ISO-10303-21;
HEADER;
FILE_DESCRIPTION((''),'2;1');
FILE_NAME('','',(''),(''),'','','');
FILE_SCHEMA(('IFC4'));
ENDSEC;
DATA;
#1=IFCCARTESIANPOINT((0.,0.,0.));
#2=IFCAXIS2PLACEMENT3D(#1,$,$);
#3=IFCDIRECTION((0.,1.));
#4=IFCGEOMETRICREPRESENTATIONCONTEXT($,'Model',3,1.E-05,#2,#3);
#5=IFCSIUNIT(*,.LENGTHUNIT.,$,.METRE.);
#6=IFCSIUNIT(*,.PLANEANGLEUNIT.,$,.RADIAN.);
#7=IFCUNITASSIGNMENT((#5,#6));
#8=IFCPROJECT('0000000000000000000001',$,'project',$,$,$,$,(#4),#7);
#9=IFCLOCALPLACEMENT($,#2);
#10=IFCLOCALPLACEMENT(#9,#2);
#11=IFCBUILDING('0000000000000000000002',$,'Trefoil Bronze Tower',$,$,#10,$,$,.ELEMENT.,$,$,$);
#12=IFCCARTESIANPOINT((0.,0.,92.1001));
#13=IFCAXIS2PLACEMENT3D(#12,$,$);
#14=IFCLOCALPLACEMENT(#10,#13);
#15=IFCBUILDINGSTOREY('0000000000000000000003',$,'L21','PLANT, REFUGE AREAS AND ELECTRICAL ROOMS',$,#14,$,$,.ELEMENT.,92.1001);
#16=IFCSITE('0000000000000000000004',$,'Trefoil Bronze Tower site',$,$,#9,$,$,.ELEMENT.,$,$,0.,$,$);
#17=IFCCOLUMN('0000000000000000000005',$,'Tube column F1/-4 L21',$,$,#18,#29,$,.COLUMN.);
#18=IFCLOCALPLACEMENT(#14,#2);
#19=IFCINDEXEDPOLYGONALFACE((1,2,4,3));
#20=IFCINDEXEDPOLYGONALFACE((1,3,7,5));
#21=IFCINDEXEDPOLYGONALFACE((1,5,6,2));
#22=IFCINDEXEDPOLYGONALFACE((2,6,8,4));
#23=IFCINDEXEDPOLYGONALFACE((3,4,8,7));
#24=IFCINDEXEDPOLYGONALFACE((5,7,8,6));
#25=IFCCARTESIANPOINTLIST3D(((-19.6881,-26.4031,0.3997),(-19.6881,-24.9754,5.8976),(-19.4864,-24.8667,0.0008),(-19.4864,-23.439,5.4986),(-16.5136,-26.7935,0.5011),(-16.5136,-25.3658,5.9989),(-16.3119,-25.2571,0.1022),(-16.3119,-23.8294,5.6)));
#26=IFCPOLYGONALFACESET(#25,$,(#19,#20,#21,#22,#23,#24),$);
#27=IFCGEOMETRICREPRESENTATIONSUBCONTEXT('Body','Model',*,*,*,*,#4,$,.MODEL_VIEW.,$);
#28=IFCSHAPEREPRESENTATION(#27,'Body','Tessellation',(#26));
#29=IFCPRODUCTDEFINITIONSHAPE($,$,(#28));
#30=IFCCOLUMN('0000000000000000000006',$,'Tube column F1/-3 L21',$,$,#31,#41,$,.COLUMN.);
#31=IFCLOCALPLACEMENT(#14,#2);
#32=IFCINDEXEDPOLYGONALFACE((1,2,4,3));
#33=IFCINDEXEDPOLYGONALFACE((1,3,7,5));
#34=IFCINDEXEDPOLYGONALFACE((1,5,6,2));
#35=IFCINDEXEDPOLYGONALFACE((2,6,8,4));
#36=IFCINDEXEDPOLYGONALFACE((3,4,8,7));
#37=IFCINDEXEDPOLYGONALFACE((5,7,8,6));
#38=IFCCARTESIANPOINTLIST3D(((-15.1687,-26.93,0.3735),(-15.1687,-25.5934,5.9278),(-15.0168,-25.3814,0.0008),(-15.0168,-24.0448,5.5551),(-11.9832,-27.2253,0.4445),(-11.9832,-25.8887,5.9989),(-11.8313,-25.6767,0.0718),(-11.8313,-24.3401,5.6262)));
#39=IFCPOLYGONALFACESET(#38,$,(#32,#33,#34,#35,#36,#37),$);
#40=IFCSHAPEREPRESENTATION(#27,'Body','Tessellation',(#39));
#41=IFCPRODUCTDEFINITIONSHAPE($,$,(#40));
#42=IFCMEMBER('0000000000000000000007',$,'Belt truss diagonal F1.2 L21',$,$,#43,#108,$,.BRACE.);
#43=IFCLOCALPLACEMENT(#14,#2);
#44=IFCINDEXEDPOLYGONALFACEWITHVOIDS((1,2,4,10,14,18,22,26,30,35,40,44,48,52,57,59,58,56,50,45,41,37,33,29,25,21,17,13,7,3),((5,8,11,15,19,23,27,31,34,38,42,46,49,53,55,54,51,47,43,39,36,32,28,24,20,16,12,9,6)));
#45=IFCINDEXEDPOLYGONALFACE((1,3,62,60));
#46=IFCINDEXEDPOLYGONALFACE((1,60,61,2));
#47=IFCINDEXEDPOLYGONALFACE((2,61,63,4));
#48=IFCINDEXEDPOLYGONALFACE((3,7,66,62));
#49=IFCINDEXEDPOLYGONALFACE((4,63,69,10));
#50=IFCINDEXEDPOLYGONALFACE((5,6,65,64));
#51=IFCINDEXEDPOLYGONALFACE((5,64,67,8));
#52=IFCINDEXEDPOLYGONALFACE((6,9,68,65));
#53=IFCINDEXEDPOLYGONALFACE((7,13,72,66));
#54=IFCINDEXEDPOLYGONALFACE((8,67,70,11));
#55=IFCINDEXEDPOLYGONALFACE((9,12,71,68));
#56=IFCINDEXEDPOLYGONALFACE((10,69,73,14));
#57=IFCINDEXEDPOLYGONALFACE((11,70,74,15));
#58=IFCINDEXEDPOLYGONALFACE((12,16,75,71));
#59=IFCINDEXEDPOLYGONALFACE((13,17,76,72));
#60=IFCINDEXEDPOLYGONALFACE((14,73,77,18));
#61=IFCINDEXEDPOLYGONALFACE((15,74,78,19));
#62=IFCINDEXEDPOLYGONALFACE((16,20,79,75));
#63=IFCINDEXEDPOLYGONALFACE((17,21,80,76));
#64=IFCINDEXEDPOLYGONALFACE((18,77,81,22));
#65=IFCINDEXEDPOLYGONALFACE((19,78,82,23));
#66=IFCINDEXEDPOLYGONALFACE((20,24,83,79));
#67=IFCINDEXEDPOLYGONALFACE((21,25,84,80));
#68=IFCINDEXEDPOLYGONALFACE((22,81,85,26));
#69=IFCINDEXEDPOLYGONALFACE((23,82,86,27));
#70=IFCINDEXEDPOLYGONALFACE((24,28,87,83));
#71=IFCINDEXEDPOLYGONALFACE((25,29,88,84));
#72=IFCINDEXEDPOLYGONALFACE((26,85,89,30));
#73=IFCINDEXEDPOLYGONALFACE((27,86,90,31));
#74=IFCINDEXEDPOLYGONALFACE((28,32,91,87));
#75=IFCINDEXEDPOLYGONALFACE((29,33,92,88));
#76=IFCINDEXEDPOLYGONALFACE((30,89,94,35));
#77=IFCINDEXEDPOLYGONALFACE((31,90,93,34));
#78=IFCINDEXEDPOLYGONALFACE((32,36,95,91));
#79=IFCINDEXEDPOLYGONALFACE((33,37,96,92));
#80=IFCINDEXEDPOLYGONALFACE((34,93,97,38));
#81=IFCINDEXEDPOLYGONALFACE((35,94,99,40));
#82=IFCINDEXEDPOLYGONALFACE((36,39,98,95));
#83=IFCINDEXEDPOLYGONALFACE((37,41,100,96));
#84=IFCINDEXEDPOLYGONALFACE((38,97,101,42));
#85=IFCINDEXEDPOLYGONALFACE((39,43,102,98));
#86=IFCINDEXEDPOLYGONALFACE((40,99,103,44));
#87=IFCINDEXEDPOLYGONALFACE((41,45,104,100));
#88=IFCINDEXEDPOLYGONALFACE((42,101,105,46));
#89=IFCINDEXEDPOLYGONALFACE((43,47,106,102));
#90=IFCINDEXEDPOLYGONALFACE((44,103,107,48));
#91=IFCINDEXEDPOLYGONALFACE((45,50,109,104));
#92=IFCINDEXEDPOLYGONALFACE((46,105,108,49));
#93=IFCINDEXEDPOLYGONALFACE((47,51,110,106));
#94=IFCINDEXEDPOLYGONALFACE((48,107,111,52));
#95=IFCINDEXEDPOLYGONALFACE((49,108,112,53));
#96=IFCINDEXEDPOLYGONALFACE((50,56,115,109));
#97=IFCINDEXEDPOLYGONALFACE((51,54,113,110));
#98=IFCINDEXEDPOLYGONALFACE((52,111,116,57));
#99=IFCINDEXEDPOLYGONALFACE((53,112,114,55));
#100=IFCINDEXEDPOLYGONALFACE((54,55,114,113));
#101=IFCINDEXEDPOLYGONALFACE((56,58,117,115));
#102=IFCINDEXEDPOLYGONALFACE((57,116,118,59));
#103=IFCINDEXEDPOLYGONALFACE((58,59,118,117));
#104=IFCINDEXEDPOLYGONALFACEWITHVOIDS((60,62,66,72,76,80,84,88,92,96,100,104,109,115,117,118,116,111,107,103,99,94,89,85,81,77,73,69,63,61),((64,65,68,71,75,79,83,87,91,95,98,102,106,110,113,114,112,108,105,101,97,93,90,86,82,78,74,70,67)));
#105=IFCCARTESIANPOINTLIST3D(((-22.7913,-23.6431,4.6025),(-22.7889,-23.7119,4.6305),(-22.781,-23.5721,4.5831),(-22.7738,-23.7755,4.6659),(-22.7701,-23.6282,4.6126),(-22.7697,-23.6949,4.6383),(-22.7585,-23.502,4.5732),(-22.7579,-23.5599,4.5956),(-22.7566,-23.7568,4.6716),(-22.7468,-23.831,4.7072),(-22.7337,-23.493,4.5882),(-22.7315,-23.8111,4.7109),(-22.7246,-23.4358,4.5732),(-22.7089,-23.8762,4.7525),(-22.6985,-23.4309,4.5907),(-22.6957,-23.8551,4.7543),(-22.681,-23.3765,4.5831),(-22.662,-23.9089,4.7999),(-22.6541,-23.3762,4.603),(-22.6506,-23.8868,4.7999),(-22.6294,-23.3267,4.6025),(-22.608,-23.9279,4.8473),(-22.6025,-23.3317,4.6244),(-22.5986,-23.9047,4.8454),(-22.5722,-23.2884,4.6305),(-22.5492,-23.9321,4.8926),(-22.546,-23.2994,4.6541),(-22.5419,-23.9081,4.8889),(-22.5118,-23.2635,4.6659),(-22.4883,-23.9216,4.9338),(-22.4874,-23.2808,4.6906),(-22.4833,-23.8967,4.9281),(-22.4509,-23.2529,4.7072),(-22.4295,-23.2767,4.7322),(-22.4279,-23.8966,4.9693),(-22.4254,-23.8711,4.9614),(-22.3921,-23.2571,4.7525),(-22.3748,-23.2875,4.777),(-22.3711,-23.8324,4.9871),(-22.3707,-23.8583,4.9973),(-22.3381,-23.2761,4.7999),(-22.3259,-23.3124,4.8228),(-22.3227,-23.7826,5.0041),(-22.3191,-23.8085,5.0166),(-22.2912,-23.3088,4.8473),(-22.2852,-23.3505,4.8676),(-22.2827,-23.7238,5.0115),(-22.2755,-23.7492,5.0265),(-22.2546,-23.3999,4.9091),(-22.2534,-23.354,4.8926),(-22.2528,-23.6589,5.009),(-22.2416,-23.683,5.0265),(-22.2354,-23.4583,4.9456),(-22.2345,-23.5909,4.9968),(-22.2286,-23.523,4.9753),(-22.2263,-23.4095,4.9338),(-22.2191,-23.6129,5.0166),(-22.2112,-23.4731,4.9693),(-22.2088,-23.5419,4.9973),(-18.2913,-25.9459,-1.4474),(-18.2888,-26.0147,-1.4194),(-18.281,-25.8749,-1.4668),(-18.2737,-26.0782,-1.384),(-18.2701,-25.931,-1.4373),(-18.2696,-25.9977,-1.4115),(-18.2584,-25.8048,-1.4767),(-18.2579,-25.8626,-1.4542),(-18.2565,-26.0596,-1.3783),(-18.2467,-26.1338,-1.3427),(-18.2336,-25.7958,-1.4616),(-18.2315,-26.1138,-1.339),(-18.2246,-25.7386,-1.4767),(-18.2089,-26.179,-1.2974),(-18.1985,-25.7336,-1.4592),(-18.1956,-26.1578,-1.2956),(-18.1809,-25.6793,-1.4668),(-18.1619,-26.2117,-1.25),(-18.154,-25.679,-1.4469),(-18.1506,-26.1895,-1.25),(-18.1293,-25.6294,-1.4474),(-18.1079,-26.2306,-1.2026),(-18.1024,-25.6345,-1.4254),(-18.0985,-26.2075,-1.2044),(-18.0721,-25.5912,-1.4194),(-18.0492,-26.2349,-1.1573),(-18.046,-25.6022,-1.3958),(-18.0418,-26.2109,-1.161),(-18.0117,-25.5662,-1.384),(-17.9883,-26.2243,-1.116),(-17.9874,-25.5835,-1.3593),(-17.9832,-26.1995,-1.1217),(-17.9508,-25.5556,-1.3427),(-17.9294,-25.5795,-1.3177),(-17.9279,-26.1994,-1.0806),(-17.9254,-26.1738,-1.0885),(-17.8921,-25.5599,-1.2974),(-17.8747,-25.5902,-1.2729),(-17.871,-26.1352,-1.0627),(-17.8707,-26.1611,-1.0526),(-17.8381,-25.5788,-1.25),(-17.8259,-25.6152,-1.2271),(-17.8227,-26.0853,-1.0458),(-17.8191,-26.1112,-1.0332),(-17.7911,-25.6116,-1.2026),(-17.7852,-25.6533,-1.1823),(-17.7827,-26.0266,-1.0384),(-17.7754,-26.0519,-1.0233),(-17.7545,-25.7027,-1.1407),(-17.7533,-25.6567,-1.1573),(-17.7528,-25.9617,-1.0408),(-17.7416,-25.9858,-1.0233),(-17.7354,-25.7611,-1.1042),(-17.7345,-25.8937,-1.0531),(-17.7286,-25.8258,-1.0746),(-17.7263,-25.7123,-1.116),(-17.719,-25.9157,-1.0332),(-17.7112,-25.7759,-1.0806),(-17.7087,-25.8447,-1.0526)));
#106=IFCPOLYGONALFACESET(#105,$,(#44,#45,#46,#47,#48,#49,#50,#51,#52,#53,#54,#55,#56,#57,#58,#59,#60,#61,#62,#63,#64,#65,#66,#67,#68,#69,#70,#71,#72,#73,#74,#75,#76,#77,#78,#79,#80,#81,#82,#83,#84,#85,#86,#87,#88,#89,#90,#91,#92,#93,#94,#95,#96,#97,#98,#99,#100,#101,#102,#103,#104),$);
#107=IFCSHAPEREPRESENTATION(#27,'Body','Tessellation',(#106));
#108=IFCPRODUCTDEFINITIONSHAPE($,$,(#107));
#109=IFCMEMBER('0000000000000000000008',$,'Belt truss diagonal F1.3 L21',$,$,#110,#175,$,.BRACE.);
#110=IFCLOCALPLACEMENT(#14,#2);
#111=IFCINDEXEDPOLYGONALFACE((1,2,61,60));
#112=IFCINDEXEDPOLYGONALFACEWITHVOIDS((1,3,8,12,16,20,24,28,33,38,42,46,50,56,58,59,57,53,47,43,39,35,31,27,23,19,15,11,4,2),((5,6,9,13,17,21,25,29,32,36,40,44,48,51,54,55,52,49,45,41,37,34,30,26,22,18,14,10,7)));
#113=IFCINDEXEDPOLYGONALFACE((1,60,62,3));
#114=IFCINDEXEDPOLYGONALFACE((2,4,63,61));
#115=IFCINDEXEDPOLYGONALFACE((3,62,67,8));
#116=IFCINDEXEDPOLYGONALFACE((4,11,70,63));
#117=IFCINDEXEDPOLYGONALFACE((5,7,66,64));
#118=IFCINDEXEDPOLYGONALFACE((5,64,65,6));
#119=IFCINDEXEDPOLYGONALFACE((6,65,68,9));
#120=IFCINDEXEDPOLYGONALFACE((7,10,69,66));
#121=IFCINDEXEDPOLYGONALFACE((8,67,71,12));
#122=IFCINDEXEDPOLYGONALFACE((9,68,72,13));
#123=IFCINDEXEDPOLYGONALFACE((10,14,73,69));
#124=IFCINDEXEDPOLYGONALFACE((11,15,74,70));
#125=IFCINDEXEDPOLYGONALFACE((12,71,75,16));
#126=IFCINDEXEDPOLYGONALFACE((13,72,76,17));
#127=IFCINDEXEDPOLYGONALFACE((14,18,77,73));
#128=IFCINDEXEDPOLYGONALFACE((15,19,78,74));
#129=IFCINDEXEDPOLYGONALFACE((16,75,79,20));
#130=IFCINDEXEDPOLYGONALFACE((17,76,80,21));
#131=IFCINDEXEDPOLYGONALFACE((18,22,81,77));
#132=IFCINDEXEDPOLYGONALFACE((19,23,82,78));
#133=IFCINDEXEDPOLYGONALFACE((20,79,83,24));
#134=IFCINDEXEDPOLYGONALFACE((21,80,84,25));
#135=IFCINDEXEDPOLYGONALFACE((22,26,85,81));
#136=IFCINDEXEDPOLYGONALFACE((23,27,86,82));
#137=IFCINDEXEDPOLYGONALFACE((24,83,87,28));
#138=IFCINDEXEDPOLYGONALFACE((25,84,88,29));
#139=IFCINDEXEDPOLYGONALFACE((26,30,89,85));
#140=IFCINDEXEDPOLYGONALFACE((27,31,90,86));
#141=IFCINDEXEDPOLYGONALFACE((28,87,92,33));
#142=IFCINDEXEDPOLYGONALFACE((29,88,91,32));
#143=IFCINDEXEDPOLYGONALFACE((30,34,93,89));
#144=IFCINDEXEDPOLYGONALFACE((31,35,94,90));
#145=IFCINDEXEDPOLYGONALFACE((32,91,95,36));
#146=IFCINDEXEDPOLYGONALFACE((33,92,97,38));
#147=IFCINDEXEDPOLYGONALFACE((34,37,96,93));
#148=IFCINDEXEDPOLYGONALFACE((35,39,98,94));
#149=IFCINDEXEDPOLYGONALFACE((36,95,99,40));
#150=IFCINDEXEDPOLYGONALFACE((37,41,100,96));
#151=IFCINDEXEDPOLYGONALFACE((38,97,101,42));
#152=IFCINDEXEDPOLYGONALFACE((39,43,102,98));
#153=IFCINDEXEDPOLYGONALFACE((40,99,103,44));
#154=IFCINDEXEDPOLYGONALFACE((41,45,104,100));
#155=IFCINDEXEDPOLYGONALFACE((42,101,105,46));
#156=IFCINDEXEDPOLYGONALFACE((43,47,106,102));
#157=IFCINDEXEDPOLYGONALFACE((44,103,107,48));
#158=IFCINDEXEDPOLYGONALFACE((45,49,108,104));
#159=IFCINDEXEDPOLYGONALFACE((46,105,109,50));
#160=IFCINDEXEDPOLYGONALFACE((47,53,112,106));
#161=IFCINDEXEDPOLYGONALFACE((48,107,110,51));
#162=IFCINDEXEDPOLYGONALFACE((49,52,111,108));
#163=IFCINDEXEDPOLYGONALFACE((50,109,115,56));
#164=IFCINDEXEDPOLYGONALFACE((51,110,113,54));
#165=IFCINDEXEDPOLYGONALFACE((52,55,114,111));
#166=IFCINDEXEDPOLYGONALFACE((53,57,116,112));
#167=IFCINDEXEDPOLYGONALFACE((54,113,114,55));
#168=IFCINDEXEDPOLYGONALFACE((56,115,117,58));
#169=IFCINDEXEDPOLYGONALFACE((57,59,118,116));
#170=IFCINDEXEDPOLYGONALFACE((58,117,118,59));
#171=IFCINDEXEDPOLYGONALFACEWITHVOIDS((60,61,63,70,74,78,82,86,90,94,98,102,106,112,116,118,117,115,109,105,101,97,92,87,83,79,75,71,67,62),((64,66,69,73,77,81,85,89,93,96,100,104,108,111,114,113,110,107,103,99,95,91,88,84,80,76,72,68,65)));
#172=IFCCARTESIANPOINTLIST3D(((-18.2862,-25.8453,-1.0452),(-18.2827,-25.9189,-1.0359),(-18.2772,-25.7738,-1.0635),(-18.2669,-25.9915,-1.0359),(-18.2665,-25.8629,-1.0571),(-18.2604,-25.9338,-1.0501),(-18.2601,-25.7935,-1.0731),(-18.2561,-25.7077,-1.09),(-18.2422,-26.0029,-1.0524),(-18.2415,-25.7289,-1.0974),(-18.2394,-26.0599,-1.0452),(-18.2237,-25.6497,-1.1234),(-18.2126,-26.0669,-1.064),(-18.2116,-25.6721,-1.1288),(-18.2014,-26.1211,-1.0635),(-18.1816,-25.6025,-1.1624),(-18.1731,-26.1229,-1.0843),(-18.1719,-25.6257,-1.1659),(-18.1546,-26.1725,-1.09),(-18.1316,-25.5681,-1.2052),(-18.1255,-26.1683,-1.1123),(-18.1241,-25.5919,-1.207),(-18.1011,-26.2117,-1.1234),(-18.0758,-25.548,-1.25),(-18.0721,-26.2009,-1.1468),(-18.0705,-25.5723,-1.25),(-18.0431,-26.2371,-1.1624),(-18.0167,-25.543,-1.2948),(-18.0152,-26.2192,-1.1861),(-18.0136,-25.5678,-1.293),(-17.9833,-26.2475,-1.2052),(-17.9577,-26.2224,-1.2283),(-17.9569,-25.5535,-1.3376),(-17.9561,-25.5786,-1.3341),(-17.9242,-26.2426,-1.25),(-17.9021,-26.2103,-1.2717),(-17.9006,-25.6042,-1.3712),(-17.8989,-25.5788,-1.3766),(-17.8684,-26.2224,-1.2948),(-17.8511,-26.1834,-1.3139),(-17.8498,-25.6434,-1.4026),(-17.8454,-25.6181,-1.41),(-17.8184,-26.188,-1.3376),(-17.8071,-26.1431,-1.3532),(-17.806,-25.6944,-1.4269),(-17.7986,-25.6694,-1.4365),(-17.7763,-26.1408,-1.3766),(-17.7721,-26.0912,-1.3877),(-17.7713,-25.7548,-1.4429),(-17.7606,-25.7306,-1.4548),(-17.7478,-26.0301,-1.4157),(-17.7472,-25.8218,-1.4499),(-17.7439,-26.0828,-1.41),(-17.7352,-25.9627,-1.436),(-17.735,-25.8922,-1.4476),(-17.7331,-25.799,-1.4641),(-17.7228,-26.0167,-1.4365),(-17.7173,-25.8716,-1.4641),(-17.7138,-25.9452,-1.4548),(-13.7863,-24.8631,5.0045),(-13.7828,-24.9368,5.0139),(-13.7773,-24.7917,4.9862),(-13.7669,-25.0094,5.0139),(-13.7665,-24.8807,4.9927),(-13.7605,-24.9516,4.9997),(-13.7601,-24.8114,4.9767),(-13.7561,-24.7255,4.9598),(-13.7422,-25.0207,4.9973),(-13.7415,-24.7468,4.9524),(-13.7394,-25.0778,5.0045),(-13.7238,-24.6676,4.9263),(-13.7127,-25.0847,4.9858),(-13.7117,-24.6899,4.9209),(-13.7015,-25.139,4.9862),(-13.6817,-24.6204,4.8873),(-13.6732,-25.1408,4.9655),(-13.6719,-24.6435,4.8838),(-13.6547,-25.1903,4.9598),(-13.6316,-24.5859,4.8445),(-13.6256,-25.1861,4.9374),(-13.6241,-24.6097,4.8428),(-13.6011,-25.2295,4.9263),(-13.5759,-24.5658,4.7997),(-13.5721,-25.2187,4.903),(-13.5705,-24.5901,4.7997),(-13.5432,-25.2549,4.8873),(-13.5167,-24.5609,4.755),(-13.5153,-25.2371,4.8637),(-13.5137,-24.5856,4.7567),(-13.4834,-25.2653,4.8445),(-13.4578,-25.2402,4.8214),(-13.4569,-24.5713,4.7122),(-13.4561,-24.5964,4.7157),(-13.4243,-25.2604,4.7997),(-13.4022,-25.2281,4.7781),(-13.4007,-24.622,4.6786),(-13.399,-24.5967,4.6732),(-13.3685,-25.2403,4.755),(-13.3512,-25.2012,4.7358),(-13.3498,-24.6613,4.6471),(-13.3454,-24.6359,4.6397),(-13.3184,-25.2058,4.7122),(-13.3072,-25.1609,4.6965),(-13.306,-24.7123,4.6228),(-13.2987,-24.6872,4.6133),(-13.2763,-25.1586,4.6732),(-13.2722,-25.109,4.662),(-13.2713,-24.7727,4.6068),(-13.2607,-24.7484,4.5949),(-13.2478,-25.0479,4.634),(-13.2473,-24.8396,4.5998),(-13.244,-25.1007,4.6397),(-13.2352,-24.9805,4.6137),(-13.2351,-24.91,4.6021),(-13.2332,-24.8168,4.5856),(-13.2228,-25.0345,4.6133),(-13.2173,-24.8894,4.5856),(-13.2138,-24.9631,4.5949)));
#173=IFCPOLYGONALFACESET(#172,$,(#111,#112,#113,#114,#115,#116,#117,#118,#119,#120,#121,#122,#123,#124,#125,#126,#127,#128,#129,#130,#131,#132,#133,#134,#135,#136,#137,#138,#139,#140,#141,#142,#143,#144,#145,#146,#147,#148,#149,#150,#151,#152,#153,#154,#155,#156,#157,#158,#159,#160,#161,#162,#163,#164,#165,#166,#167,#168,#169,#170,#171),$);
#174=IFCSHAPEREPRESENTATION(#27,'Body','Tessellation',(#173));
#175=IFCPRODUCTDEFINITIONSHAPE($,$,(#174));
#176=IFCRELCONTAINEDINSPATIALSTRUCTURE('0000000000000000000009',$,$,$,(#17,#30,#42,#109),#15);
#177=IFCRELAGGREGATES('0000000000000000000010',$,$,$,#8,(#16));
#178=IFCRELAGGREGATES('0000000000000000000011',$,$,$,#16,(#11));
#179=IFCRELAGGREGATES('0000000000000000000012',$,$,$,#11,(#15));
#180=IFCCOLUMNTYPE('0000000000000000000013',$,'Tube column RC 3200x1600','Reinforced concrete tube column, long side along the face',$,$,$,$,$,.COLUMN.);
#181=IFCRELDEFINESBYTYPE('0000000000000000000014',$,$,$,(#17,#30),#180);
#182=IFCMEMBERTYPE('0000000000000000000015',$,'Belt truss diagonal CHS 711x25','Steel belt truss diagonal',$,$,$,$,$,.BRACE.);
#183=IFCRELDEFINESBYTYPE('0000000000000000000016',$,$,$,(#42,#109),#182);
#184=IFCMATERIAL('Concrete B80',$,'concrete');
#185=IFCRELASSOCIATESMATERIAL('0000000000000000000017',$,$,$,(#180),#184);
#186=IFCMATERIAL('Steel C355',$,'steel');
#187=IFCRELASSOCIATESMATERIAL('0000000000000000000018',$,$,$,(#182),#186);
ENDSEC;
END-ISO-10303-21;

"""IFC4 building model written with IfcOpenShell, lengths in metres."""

from ifc_helpers import new_model, si_unit, direction, frame, origin, origin_2d, place, context, subcontext, project, spatial, rectangle, hollow_circle, extrude, clip, halfspace, material, material_profile, profile_set, type_object, element, save


model = new_model("IFC4")

# Units and contexts
model_context = context("Model", 3, precision=1e-05, world=origin(), true_north=direction((0.0, 1.0)))
body_context = subcontext(model_context, "Body", "Model", "MODEL_VIEW")
ifc_project = project(units=[si_unit("LENGTHUNIT", "METRE"), si_unit("PLANEANGLEUNIT", "RADIAN")], contexts=[model_context])

# Site, building, storey
site_placement = place(None, origin())
site = spatial("IfcSite", under=ifc_project, at=site_placement, Name="Trefoil Bronze Tower site", CompositionType="ELEMENT", RefElevation=0.0)
building_placement = place(site_placement, origin())
building = spatial("IfcBuilding", under=site, at=building_placement, Name="Trefoil Bronze Tower", CompositionType="ELEMENT")
storey_placement = place(building_placement, frame((0.0, 0.0, 92.1001)))
storey = spatial("IfcBuildingStorey", under=building, at=storey_placement, Name="L21", Description="PLANT, REFUGE AREAS AND ELECTRICAL ROOMS", CompositionType="ELEMENT", Elevation=92.1001)

# Columns
ifc_material_1 = material(Name="Concrete B80", Category="concrete")
ifc_material_profile_1 = material_profile(ifc_material_1, rectangle(XDim=3.2, YDim=1.6001, at=origin_2d()), Name="RC 3200x1600")
ifc_profile_set_1 = profile_set([ifc_material_profile_1], Name="Concrete B80")
column_type = type_object("IfcColumnType", Name="Tube column RC 3200x1600", Description="Reinforced concrete tube column, long side along the face", PredefinedType="COLUMN", material=ifc_profile_set_1)
column_1_placement = place(storey_placement, frame((-18.0, -25.8953, 0.0), z_axis=(0.0, 0.251348, 0.967897), x_axis=(0.992025, -0.121996, 0.03168)))
element("IfcColumn", 1, at=column_1_placement, inside=storey, type_object=column_type, Name="Tube column F1/-4 L21", PredefinedType="COLUMN", context=body_context, shape_type="Clipping", body=[
    clip(clip(extrude(rectangle(XDim=3.2, YDim=1.6001, at=origin_2d()), origin(), (0.0, 0.0, 1.0), 6.199), halfspace(frame((0.0, 0.0, 0.2593), z_axis=(0.000001, -0.000009, 1.0), x_axis=(0.0, 1.0, 0.000009)), True)), halfspace(frame((0.0, 0.0, 5.9395), z_axis=(-0.000001, 0.000009, -1.0), x_axis=(0.0, -1.0, -0.000009)), True)),
])
column_2_placement = place(storey_placement, frame((-13.5, -26.3569, 0.0), z_axis=(0.0, 0.233962, 0.972246), x_axis=(0.995484, -0.092291, 0.022209)))
element("IfcColumn", 2, at=column_2_placement, inside=storey, type_object=column_type, Name="Tube column F1/-3 L21", PredefinedType="COLUMN", context=body_context, shape_type="Clipping", body=[
    clip(clip(extrude(rectangle(XDim=3.2, YDim=1.6001, at=origin_2d()), origin(), (0.0, 0.0, 1.0), 6.1714), halfspace(frame((0.0, 0.0, 0.229), z_axis=(-0.000001, 0.000008, 1.0), x_axis=(0.0, 1.0, -0.000008)), True)), halfspace(frame((0.0, 0.0, 5.9419), z_axis=(0.000001, -0.000008, -1.0), x_axis=(0.0, -1.0, 0.000008)), True)),
])

# Members
ifc_material_2 = material(Name="Steel C355", Category="steel")
ifc_material_profile_2 = material_profile(ifc_material_2, hollow_circle(Radius=0.3555, WallThickness=0.0249, at=origin_2d()), Name="CHS 711x25")
ifc_profile_set_2 = profile_set([ifc_material_profile_2], Name="Steel C355")
member_type_1 = type_object("IfcMemberType", Name="Belt truss diagonal CHS 711x25", Description="Steel belt truss diagonal", PredefinedType="BRACE", material=ifc_profile_set_2)
member_1_placement = place(storey_placement, frame((-18.0, -25.8953, -1.25), z_axis=(-0.570798, 0.292088, 0.767381), x_axis=(-0.45554, -0.890215, 0.0)))
element("IfcMember", 3, at=member_1_placement, inside=storey, type_object=member_type_1, Name="Belt truss diagonal F1.2 L21", PredefinedType="BRACE", context=body_context, shape_type="SweptSolid", body=[
    extrude(hollow_circle(Radius=0.3555, WallThickness=0.0249, at=origin_2d()), origin(), (0.0, 0.0, 1.0), 7.8838),
])
member_2_placement = place(storey_placement, frame((-18.0, -25.8953, -1.25), z_axis=(0.591825, 0.129173, 0.79565), x_axis=(-0.213242, 0.977, 0.0)))
element("IfcMember", 4, at=member_2_placement, inside=storey, type_object=member_type_1, Name="Belt truss diagonal F1.3 L21", PredefinedType="BRACE", context=body_context, shape_type="SweptSolid", body=[
    extrude(hollow_circle(Radius=0.3555, WallThickness=0.0249, at=origin_2d()), origin(), (0.0, 0.0, 1.0), 7.6035),
])

save(model, "model.ifc")
